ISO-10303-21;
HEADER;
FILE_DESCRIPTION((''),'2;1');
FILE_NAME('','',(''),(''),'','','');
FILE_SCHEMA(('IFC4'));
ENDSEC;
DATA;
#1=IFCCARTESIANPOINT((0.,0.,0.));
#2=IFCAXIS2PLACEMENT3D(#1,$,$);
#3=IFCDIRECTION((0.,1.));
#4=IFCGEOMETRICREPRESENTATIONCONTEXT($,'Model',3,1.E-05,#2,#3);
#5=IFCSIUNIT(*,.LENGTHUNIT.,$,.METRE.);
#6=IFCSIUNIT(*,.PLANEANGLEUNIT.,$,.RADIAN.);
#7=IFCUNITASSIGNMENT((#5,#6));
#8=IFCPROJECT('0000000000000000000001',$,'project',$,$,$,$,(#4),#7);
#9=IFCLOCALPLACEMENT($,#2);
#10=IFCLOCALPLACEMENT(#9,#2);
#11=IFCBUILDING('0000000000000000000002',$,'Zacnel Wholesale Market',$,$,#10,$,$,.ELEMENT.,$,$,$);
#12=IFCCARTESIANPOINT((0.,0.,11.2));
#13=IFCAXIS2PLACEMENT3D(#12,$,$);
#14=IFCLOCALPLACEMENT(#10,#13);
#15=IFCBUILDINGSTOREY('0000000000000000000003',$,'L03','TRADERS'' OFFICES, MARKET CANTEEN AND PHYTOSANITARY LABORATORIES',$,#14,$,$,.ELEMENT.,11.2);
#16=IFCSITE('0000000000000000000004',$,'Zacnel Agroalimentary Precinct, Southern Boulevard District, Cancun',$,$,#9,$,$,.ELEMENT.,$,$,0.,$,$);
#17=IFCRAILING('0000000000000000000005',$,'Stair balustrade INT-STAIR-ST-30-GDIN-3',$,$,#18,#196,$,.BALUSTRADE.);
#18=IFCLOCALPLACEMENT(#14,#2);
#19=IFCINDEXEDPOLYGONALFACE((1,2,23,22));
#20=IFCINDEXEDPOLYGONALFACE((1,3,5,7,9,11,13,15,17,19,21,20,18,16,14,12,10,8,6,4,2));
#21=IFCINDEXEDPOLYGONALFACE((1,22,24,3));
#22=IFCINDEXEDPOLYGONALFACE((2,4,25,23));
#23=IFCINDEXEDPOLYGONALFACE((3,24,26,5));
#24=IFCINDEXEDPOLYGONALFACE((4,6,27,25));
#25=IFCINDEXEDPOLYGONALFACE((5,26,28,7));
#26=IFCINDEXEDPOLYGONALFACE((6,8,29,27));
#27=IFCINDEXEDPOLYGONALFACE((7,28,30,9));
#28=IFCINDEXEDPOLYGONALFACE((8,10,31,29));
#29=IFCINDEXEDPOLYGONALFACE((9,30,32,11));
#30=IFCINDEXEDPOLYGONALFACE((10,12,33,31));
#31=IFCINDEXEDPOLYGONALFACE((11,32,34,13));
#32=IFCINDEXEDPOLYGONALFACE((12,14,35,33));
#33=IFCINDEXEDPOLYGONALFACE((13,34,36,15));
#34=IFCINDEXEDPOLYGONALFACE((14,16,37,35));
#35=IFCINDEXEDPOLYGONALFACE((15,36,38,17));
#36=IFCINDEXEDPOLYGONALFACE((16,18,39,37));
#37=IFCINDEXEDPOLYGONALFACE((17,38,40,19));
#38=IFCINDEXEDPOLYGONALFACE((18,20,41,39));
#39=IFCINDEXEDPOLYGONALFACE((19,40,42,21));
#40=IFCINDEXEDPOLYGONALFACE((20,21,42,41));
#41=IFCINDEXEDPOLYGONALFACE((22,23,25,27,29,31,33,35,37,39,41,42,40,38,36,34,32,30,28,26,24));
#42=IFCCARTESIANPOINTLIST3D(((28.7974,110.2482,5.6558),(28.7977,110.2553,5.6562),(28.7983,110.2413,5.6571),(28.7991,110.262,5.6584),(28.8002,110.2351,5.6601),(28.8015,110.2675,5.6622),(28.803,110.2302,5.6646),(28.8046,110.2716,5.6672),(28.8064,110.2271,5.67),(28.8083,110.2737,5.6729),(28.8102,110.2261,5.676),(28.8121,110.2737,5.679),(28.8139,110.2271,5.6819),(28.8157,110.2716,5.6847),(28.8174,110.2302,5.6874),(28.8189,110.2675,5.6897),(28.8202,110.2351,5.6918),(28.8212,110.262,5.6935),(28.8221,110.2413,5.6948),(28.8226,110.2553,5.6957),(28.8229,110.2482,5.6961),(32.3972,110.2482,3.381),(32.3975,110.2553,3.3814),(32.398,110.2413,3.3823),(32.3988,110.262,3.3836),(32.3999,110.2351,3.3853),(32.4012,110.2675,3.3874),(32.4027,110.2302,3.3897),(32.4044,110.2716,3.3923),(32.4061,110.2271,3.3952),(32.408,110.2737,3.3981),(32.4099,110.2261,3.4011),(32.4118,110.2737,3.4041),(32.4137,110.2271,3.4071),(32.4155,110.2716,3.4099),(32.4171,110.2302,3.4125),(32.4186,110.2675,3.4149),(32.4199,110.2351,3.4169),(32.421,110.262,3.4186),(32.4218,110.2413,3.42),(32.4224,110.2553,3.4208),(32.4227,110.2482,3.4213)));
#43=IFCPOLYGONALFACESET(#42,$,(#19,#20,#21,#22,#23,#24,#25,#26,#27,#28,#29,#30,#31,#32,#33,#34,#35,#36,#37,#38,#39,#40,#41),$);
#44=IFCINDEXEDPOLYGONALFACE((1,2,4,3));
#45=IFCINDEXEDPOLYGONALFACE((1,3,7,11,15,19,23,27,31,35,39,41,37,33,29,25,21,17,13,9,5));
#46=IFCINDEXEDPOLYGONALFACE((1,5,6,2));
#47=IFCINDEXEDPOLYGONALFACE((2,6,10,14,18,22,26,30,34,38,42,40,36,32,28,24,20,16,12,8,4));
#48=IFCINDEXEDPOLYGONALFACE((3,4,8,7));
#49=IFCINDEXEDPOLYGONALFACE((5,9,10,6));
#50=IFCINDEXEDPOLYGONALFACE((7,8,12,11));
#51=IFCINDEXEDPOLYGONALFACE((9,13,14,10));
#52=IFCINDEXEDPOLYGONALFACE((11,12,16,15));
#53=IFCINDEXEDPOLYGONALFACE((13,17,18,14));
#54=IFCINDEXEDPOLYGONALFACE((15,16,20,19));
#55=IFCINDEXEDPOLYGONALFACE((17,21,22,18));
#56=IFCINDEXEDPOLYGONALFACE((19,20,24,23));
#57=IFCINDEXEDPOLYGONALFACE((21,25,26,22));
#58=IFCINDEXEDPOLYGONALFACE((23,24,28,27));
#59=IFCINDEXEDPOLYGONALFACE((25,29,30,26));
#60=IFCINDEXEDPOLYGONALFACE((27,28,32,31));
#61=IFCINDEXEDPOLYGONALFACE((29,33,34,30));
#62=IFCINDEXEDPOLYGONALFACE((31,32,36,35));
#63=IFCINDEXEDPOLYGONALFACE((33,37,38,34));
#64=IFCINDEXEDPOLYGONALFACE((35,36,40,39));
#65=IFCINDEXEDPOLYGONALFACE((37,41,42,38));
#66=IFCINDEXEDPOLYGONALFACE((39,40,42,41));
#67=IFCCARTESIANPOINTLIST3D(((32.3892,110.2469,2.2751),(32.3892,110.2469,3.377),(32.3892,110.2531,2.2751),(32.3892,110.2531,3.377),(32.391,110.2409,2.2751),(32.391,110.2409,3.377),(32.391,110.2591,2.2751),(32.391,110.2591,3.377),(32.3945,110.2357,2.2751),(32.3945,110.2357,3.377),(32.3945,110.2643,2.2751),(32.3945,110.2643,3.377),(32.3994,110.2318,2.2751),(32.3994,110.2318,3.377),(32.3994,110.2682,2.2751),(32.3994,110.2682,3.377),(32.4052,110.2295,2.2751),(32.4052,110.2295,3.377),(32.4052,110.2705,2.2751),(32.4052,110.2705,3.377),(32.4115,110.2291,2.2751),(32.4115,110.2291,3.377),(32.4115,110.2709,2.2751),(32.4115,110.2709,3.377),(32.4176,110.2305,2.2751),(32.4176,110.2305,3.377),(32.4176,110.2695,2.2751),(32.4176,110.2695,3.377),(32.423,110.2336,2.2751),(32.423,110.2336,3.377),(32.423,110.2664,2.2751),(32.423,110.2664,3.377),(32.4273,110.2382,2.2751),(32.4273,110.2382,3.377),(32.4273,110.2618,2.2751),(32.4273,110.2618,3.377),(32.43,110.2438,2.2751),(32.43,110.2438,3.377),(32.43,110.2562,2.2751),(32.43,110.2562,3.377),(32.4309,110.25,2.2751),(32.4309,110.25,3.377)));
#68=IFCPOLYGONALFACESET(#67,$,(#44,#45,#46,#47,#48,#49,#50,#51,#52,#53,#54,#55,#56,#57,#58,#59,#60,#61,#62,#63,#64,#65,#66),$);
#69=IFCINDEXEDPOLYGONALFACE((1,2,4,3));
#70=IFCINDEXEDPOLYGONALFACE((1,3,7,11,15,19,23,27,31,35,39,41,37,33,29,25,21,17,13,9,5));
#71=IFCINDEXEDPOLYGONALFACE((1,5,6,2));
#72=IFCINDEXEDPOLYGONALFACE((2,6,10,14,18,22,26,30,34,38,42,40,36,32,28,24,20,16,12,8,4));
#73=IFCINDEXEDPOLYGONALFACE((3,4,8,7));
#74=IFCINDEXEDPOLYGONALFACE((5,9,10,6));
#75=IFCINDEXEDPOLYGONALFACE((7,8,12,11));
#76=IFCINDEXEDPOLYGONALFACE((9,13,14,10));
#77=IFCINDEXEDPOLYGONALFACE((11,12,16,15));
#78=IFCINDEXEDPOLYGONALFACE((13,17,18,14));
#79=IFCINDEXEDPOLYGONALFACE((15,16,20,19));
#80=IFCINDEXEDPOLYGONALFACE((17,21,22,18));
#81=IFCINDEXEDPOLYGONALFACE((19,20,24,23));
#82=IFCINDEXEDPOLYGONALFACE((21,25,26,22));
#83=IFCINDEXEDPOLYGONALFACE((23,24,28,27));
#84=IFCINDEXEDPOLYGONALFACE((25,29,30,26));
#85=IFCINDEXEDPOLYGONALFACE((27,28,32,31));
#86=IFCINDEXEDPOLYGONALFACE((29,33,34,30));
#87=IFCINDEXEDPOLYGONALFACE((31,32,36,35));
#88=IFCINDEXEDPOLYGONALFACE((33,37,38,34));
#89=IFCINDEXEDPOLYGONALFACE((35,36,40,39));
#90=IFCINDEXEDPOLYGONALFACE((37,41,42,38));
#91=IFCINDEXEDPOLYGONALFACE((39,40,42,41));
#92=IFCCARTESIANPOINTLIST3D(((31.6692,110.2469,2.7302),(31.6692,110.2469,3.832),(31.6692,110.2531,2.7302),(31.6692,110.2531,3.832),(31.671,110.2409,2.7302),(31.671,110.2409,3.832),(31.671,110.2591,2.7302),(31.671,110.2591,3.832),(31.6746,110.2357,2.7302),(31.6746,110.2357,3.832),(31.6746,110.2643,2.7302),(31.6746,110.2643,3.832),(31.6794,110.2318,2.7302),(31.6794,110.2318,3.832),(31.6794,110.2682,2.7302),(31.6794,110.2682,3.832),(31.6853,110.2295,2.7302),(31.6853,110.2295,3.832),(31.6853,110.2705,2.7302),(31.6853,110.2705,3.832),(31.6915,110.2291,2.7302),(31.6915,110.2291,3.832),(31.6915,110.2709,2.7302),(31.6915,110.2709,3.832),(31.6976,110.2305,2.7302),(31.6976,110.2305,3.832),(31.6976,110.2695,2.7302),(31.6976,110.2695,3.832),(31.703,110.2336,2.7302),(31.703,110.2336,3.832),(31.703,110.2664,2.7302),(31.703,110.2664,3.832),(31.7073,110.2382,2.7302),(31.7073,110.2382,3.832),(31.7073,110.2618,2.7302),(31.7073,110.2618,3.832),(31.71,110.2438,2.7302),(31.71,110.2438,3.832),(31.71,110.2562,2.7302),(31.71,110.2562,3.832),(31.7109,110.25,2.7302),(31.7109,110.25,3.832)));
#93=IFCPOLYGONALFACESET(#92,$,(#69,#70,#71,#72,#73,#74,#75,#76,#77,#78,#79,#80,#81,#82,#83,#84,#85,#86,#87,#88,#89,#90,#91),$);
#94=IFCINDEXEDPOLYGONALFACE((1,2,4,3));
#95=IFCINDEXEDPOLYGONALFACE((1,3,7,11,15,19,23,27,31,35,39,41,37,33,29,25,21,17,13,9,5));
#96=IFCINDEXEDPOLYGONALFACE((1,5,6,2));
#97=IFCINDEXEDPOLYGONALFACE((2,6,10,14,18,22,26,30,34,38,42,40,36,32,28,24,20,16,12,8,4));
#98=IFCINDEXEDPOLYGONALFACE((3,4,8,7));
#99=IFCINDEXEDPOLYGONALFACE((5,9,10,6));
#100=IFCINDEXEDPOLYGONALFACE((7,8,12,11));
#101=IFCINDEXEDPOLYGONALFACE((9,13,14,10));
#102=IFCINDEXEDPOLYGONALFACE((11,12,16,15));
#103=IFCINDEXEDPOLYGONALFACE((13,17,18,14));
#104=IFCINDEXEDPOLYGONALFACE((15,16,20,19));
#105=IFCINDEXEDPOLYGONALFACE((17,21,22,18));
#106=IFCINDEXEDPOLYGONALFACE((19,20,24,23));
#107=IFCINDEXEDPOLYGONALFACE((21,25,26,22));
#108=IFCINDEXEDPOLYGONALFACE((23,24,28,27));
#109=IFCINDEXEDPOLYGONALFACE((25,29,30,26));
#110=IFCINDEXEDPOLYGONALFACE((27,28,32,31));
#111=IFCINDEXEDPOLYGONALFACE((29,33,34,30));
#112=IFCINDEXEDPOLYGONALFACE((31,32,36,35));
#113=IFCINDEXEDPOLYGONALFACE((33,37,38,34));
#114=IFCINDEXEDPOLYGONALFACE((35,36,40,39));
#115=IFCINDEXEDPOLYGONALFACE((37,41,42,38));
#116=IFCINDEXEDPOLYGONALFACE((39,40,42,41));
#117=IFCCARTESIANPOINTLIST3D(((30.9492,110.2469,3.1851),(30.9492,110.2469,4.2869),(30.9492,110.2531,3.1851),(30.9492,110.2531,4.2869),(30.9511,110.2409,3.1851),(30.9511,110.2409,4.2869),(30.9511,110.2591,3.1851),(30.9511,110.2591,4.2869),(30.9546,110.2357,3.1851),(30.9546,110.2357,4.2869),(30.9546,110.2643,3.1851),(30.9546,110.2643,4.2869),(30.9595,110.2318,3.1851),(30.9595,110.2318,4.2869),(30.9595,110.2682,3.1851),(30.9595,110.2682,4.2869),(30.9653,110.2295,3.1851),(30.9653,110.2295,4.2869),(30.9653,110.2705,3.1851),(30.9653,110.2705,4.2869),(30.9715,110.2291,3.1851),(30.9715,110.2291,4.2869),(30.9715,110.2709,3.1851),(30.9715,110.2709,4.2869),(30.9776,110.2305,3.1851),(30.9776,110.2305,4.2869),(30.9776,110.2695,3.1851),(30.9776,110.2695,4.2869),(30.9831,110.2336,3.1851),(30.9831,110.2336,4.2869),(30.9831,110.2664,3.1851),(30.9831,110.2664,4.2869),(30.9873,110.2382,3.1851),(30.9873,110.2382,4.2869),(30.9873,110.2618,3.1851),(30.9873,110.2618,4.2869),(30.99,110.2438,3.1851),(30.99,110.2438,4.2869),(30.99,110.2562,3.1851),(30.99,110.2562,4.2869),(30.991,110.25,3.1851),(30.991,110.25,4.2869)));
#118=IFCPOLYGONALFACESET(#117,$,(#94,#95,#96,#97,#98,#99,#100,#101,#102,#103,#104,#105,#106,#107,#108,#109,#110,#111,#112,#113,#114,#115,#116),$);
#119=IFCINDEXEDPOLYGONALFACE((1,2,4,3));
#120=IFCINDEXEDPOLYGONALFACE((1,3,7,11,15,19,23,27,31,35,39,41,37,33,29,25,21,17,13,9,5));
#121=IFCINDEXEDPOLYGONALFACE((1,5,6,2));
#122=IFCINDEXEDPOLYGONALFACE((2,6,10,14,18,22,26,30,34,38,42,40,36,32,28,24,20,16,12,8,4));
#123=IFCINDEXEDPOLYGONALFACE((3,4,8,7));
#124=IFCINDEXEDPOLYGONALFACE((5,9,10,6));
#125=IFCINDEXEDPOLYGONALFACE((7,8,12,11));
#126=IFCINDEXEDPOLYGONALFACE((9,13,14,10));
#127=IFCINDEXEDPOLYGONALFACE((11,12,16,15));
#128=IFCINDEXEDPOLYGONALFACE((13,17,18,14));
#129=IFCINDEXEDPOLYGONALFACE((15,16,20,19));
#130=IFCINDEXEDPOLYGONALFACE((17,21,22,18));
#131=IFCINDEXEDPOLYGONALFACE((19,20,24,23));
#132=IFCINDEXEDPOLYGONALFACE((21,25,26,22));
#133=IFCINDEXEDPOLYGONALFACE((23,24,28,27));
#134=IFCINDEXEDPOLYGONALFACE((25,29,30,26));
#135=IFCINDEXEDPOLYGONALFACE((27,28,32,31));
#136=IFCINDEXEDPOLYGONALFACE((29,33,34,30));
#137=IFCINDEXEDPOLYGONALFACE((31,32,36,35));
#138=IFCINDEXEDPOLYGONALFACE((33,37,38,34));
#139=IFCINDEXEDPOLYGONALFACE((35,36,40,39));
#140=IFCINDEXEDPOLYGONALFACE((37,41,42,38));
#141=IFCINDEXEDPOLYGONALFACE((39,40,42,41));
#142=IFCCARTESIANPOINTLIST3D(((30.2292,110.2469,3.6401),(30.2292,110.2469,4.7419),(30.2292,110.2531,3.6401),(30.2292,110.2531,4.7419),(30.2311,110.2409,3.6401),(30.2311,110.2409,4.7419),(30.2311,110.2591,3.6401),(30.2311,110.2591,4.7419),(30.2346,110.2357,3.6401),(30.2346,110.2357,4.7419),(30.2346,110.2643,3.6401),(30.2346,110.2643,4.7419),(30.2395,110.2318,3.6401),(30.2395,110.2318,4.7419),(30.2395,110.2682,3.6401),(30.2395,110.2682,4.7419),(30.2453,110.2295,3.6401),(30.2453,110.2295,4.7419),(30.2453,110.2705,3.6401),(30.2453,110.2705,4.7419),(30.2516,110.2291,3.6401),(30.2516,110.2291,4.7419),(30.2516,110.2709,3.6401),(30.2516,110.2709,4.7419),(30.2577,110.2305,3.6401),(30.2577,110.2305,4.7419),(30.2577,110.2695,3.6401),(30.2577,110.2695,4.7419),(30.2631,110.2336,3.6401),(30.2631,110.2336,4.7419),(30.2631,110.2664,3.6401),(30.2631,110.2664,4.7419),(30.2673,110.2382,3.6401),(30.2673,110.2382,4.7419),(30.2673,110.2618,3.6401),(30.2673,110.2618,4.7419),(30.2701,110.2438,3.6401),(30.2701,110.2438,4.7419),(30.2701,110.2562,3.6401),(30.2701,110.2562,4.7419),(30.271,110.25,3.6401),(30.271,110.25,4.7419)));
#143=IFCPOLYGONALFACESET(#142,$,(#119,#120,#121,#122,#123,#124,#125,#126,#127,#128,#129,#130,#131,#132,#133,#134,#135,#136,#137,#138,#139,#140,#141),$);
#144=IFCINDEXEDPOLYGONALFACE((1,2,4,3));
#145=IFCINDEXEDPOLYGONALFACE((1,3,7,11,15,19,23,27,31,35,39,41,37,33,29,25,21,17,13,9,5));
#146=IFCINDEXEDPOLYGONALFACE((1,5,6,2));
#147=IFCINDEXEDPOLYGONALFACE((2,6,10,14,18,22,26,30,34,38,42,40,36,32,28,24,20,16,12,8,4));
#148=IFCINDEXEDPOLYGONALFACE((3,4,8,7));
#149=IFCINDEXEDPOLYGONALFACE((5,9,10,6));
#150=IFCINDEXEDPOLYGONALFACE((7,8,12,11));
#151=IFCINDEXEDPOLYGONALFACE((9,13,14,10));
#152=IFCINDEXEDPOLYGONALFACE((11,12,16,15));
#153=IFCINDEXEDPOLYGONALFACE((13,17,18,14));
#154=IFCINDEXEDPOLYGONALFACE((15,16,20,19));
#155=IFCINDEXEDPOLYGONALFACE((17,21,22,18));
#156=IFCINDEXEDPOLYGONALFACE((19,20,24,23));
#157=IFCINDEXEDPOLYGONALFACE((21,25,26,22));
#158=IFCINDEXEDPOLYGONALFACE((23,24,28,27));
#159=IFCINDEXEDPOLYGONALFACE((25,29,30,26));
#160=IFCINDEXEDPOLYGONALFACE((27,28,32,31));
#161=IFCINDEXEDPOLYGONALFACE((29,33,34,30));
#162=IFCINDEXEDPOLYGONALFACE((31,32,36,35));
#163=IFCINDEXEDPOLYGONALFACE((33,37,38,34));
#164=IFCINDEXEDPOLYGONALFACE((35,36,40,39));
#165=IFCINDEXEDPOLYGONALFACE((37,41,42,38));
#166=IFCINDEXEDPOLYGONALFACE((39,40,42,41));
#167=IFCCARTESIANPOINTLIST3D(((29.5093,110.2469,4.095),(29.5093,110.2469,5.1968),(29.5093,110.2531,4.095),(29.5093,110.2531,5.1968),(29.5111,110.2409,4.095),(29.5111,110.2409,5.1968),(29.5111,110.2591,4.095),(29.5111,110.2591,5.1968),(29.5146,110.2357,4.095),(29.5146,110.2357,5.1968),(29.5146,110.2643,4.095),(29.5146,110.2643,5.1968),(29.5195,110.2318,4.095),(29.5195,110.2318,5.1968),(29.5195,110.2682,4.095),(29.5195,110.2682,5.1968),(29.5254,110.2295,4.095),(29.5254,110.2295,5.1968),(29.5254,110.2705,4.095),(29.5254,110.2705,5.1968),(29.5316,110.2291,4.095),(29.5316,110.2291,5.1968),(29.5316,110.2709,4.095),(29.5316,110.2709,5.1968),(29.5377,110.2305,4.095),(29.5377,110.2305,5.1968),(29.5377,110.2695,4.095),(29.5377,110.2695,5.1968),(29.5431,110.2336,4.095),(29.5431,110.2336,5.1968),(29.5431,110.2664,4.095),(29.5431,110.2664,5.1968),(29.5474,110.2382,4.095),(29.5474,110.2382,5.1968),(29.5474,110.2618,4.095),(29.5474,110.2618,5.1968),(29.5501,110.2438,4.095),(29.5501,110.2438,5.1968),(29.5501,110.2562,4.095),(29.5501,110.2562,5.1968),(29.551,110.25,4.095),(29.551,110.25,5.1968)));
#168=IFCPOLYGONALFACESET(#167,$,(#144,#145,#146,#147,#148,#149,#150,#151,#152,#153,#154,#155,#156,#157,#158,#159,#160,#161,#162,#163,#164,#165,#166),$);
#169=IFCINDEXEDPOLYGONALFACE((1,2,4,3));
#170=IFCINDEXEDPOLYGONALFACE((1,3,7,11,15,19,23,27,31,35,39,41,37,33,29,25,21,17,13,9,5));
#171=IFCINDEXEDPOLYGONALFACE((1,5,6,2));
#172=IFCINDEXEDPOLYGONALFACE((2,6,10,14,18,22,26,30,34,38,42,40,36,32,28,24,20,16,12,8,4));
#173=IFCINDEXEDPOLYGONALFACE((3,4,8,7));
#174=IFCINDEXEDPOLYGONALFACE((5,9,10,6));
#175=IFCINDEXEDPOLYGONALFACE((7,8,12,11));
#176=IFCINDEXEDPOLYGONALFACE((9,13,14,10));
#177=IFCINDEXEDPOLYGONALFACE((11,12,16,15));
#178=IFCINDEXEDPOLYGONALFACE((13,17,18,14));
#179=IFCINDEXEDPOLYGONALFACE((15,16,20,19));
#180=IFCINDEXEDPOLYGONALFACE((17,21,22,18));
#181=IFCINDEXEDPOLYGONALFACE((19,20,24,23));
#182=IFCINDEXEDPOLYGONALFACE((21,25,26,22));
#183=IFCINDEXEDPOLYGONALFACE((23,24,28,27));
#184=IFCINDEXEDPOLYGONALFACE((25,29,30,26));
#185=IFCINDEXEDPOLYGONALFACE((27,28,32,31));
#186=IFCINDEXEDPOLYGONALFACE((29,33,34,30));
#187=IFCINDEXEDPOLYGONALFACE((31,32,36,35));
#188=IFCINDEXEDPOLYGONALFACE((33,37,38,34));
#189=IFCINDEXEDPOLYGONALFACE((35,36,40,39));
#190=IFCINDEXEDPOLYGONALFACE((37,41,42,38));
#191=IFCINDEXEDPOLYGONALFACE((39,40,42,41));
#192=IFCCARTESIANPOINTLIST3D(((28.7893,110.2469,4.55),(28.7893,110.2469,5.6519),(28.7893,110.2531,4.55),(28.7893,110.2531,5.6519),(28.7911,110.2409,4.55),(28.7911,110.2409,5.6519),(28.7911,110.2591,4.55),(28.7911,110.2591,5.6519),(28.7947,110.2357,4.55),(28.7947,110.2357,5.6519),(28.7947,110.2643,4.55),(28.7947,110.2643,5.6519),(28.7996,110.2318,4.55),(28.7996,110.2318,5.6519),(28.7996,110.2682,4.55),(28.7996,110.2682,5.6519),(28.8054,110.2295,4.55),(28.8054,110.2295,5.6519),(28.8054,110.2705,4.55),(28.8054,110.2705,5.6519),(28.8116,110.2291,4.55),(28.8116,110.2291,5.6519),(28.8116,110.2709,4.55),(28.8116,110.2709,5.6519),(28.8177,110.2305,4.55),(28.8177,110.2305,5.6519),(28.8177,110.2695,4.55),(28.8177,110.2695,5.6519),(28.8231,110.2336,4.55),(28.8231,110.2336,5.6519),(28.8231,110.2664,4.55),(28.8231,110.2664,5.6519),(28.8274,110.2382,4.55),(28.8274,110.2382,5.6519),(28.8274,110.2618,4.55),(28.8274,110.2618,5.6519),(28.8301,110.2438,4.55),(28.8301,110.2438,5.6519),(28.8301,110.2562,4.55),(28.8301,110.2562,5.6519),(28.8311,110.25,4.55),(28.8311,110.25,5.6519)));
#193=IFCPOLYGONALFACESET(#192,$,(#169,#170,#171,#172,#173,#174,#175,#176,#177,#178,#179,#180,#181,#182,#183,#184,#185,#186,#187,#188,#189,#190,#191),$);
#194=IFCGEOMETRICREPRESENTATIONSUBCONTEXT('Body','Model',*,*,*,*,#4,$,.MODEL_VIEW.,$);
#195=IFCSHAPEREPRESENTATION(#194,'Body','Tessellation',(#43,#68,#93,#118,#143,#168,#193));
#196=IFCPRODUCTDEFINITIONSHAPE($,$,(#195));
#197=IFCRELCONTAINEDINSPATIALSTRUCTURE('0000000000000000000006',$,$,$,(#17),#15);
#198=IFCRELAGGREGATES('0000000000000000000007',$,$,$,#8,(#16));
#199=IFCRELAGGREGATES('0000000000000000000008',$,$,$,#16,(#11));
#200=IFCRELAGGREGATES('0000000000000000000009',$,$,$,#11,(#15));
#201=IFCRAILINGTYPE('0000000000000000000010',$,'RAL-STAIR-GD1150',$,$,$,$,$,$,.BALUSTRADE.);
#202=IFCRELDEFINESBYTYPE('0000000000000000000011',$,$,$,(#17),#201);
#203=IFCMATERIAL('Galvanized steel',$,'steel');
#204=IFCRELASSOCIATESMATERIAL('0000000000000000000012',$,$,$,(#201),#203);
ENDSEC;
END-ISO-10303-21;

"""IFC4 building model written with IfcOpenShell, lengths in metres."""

from ifc_helpers import new_model, si_unit, direction, frame, origin, origin_2d, place, context, subcontext, project, spatial, circle, extrude, material, type_object, element, save


model = new_model("IFC4")

# Units and contexts
model_context = context("Model", 3, precision=1e-05, world=origin(), true_north=direction((0.0, 1.0)))
body_context = subcontext(model_context, "Body", "Model", "MODEL_VIEW")
ifc_project = project(units=[si_unit("LENGTHUNIT", "METRE"), si_unit("PLANEANGLEUNIT", "RADIAN")], contexts=[model_context])

# Site, building, storey
site_placement = place(None, origin())
site = spatial("IfcSite", under=ifc_project, at=site_placement, Name="Zacnel Agroalimentary Precinct, Southern Boulevard District, Cancun", CompositionType="ELEMENT", RefElevation=0.0)
building_placement = place(site_placement, origin())
building = spatial("IfcBuilding", under=site, at=building_placement, Name="Zacnel Wholesale Market", CompositionType="ELEMENT")
storey_placement = place(building_placement, frame((0.0, 0.0, 11.2)))
storey = spatial("IfcBuildingStorey", under=building, at=storey_placement, Name="L03", Description="TRADERS' OFFICES, MARKET CANTEEN AND PHYTOSANITARY LABORATORIES", CompositionType="ELEMENT", Elevation=11.2)

# Railing
ifc_material_1 = material(Name="Galvanized steel", Category="steel")
railing_type = type_object("IfcRailingType", Name="RAL-STAIR-GD1150", PredefinedType="BALUSTRADE", material=ifc_material_1)
railing_placement = place(storey_placement, frame((32.4099, 110.25, 2.2751)))
element("IfcRailing", 1, at=railing_placement, inside=storey, type_object=railing_type, Name="Stair balustrade INT-STAIR-ST-30-GDIN-3", PredefinedType="BALUSTRADE", context=body_context, shape_type="SweptSolid", body=[
    extrude(circle(Radius=0.0239, at=origin_2d()), frame((0.0, 0.0, 1.126), z_axis=(-0.84535, 0.0, 0.534213), x_axis=(0.0, -1.0, 0.0)), (0.0, 0.0, 1.0), 4.2583),
    extrude(circle(Radius=0.021, at=origin_2d()), origin(), (0.0, 0.0, 1.0), 1.1018),
    extrude(circle(Radius=0.021, at=origin_2d()), frame((-0.72, 0.0, 0.4551)), (0.0, 0.0, 1.0), 1.1018),
    extrude(circle(Radius=0.021, at=origin_2d()), frame((-1.4399, 0.0, 0.9099)), (0.0, 0.0, 1.0), 1.1018),
    extrude(circle(Radius=0.021, at=origin_2d()), frame((-2.1599, 0.0, 1.365)), (0.0, 0.0, 1.0), 1.1018),
    extrude(circle(Radius=0.021, at=origin_2d()), frame((-2.8799, 0.0, 1.8198)), (0.0, 0.0, 1.0), 1.1018),
    extrude(circle(Radius=0.021, at=origin_2d()), frame((-3.5999, 0.0, 2.2749)), (0.0, 0.0, 1.0), 1.1018),
])

save(model, "model.ifc")
